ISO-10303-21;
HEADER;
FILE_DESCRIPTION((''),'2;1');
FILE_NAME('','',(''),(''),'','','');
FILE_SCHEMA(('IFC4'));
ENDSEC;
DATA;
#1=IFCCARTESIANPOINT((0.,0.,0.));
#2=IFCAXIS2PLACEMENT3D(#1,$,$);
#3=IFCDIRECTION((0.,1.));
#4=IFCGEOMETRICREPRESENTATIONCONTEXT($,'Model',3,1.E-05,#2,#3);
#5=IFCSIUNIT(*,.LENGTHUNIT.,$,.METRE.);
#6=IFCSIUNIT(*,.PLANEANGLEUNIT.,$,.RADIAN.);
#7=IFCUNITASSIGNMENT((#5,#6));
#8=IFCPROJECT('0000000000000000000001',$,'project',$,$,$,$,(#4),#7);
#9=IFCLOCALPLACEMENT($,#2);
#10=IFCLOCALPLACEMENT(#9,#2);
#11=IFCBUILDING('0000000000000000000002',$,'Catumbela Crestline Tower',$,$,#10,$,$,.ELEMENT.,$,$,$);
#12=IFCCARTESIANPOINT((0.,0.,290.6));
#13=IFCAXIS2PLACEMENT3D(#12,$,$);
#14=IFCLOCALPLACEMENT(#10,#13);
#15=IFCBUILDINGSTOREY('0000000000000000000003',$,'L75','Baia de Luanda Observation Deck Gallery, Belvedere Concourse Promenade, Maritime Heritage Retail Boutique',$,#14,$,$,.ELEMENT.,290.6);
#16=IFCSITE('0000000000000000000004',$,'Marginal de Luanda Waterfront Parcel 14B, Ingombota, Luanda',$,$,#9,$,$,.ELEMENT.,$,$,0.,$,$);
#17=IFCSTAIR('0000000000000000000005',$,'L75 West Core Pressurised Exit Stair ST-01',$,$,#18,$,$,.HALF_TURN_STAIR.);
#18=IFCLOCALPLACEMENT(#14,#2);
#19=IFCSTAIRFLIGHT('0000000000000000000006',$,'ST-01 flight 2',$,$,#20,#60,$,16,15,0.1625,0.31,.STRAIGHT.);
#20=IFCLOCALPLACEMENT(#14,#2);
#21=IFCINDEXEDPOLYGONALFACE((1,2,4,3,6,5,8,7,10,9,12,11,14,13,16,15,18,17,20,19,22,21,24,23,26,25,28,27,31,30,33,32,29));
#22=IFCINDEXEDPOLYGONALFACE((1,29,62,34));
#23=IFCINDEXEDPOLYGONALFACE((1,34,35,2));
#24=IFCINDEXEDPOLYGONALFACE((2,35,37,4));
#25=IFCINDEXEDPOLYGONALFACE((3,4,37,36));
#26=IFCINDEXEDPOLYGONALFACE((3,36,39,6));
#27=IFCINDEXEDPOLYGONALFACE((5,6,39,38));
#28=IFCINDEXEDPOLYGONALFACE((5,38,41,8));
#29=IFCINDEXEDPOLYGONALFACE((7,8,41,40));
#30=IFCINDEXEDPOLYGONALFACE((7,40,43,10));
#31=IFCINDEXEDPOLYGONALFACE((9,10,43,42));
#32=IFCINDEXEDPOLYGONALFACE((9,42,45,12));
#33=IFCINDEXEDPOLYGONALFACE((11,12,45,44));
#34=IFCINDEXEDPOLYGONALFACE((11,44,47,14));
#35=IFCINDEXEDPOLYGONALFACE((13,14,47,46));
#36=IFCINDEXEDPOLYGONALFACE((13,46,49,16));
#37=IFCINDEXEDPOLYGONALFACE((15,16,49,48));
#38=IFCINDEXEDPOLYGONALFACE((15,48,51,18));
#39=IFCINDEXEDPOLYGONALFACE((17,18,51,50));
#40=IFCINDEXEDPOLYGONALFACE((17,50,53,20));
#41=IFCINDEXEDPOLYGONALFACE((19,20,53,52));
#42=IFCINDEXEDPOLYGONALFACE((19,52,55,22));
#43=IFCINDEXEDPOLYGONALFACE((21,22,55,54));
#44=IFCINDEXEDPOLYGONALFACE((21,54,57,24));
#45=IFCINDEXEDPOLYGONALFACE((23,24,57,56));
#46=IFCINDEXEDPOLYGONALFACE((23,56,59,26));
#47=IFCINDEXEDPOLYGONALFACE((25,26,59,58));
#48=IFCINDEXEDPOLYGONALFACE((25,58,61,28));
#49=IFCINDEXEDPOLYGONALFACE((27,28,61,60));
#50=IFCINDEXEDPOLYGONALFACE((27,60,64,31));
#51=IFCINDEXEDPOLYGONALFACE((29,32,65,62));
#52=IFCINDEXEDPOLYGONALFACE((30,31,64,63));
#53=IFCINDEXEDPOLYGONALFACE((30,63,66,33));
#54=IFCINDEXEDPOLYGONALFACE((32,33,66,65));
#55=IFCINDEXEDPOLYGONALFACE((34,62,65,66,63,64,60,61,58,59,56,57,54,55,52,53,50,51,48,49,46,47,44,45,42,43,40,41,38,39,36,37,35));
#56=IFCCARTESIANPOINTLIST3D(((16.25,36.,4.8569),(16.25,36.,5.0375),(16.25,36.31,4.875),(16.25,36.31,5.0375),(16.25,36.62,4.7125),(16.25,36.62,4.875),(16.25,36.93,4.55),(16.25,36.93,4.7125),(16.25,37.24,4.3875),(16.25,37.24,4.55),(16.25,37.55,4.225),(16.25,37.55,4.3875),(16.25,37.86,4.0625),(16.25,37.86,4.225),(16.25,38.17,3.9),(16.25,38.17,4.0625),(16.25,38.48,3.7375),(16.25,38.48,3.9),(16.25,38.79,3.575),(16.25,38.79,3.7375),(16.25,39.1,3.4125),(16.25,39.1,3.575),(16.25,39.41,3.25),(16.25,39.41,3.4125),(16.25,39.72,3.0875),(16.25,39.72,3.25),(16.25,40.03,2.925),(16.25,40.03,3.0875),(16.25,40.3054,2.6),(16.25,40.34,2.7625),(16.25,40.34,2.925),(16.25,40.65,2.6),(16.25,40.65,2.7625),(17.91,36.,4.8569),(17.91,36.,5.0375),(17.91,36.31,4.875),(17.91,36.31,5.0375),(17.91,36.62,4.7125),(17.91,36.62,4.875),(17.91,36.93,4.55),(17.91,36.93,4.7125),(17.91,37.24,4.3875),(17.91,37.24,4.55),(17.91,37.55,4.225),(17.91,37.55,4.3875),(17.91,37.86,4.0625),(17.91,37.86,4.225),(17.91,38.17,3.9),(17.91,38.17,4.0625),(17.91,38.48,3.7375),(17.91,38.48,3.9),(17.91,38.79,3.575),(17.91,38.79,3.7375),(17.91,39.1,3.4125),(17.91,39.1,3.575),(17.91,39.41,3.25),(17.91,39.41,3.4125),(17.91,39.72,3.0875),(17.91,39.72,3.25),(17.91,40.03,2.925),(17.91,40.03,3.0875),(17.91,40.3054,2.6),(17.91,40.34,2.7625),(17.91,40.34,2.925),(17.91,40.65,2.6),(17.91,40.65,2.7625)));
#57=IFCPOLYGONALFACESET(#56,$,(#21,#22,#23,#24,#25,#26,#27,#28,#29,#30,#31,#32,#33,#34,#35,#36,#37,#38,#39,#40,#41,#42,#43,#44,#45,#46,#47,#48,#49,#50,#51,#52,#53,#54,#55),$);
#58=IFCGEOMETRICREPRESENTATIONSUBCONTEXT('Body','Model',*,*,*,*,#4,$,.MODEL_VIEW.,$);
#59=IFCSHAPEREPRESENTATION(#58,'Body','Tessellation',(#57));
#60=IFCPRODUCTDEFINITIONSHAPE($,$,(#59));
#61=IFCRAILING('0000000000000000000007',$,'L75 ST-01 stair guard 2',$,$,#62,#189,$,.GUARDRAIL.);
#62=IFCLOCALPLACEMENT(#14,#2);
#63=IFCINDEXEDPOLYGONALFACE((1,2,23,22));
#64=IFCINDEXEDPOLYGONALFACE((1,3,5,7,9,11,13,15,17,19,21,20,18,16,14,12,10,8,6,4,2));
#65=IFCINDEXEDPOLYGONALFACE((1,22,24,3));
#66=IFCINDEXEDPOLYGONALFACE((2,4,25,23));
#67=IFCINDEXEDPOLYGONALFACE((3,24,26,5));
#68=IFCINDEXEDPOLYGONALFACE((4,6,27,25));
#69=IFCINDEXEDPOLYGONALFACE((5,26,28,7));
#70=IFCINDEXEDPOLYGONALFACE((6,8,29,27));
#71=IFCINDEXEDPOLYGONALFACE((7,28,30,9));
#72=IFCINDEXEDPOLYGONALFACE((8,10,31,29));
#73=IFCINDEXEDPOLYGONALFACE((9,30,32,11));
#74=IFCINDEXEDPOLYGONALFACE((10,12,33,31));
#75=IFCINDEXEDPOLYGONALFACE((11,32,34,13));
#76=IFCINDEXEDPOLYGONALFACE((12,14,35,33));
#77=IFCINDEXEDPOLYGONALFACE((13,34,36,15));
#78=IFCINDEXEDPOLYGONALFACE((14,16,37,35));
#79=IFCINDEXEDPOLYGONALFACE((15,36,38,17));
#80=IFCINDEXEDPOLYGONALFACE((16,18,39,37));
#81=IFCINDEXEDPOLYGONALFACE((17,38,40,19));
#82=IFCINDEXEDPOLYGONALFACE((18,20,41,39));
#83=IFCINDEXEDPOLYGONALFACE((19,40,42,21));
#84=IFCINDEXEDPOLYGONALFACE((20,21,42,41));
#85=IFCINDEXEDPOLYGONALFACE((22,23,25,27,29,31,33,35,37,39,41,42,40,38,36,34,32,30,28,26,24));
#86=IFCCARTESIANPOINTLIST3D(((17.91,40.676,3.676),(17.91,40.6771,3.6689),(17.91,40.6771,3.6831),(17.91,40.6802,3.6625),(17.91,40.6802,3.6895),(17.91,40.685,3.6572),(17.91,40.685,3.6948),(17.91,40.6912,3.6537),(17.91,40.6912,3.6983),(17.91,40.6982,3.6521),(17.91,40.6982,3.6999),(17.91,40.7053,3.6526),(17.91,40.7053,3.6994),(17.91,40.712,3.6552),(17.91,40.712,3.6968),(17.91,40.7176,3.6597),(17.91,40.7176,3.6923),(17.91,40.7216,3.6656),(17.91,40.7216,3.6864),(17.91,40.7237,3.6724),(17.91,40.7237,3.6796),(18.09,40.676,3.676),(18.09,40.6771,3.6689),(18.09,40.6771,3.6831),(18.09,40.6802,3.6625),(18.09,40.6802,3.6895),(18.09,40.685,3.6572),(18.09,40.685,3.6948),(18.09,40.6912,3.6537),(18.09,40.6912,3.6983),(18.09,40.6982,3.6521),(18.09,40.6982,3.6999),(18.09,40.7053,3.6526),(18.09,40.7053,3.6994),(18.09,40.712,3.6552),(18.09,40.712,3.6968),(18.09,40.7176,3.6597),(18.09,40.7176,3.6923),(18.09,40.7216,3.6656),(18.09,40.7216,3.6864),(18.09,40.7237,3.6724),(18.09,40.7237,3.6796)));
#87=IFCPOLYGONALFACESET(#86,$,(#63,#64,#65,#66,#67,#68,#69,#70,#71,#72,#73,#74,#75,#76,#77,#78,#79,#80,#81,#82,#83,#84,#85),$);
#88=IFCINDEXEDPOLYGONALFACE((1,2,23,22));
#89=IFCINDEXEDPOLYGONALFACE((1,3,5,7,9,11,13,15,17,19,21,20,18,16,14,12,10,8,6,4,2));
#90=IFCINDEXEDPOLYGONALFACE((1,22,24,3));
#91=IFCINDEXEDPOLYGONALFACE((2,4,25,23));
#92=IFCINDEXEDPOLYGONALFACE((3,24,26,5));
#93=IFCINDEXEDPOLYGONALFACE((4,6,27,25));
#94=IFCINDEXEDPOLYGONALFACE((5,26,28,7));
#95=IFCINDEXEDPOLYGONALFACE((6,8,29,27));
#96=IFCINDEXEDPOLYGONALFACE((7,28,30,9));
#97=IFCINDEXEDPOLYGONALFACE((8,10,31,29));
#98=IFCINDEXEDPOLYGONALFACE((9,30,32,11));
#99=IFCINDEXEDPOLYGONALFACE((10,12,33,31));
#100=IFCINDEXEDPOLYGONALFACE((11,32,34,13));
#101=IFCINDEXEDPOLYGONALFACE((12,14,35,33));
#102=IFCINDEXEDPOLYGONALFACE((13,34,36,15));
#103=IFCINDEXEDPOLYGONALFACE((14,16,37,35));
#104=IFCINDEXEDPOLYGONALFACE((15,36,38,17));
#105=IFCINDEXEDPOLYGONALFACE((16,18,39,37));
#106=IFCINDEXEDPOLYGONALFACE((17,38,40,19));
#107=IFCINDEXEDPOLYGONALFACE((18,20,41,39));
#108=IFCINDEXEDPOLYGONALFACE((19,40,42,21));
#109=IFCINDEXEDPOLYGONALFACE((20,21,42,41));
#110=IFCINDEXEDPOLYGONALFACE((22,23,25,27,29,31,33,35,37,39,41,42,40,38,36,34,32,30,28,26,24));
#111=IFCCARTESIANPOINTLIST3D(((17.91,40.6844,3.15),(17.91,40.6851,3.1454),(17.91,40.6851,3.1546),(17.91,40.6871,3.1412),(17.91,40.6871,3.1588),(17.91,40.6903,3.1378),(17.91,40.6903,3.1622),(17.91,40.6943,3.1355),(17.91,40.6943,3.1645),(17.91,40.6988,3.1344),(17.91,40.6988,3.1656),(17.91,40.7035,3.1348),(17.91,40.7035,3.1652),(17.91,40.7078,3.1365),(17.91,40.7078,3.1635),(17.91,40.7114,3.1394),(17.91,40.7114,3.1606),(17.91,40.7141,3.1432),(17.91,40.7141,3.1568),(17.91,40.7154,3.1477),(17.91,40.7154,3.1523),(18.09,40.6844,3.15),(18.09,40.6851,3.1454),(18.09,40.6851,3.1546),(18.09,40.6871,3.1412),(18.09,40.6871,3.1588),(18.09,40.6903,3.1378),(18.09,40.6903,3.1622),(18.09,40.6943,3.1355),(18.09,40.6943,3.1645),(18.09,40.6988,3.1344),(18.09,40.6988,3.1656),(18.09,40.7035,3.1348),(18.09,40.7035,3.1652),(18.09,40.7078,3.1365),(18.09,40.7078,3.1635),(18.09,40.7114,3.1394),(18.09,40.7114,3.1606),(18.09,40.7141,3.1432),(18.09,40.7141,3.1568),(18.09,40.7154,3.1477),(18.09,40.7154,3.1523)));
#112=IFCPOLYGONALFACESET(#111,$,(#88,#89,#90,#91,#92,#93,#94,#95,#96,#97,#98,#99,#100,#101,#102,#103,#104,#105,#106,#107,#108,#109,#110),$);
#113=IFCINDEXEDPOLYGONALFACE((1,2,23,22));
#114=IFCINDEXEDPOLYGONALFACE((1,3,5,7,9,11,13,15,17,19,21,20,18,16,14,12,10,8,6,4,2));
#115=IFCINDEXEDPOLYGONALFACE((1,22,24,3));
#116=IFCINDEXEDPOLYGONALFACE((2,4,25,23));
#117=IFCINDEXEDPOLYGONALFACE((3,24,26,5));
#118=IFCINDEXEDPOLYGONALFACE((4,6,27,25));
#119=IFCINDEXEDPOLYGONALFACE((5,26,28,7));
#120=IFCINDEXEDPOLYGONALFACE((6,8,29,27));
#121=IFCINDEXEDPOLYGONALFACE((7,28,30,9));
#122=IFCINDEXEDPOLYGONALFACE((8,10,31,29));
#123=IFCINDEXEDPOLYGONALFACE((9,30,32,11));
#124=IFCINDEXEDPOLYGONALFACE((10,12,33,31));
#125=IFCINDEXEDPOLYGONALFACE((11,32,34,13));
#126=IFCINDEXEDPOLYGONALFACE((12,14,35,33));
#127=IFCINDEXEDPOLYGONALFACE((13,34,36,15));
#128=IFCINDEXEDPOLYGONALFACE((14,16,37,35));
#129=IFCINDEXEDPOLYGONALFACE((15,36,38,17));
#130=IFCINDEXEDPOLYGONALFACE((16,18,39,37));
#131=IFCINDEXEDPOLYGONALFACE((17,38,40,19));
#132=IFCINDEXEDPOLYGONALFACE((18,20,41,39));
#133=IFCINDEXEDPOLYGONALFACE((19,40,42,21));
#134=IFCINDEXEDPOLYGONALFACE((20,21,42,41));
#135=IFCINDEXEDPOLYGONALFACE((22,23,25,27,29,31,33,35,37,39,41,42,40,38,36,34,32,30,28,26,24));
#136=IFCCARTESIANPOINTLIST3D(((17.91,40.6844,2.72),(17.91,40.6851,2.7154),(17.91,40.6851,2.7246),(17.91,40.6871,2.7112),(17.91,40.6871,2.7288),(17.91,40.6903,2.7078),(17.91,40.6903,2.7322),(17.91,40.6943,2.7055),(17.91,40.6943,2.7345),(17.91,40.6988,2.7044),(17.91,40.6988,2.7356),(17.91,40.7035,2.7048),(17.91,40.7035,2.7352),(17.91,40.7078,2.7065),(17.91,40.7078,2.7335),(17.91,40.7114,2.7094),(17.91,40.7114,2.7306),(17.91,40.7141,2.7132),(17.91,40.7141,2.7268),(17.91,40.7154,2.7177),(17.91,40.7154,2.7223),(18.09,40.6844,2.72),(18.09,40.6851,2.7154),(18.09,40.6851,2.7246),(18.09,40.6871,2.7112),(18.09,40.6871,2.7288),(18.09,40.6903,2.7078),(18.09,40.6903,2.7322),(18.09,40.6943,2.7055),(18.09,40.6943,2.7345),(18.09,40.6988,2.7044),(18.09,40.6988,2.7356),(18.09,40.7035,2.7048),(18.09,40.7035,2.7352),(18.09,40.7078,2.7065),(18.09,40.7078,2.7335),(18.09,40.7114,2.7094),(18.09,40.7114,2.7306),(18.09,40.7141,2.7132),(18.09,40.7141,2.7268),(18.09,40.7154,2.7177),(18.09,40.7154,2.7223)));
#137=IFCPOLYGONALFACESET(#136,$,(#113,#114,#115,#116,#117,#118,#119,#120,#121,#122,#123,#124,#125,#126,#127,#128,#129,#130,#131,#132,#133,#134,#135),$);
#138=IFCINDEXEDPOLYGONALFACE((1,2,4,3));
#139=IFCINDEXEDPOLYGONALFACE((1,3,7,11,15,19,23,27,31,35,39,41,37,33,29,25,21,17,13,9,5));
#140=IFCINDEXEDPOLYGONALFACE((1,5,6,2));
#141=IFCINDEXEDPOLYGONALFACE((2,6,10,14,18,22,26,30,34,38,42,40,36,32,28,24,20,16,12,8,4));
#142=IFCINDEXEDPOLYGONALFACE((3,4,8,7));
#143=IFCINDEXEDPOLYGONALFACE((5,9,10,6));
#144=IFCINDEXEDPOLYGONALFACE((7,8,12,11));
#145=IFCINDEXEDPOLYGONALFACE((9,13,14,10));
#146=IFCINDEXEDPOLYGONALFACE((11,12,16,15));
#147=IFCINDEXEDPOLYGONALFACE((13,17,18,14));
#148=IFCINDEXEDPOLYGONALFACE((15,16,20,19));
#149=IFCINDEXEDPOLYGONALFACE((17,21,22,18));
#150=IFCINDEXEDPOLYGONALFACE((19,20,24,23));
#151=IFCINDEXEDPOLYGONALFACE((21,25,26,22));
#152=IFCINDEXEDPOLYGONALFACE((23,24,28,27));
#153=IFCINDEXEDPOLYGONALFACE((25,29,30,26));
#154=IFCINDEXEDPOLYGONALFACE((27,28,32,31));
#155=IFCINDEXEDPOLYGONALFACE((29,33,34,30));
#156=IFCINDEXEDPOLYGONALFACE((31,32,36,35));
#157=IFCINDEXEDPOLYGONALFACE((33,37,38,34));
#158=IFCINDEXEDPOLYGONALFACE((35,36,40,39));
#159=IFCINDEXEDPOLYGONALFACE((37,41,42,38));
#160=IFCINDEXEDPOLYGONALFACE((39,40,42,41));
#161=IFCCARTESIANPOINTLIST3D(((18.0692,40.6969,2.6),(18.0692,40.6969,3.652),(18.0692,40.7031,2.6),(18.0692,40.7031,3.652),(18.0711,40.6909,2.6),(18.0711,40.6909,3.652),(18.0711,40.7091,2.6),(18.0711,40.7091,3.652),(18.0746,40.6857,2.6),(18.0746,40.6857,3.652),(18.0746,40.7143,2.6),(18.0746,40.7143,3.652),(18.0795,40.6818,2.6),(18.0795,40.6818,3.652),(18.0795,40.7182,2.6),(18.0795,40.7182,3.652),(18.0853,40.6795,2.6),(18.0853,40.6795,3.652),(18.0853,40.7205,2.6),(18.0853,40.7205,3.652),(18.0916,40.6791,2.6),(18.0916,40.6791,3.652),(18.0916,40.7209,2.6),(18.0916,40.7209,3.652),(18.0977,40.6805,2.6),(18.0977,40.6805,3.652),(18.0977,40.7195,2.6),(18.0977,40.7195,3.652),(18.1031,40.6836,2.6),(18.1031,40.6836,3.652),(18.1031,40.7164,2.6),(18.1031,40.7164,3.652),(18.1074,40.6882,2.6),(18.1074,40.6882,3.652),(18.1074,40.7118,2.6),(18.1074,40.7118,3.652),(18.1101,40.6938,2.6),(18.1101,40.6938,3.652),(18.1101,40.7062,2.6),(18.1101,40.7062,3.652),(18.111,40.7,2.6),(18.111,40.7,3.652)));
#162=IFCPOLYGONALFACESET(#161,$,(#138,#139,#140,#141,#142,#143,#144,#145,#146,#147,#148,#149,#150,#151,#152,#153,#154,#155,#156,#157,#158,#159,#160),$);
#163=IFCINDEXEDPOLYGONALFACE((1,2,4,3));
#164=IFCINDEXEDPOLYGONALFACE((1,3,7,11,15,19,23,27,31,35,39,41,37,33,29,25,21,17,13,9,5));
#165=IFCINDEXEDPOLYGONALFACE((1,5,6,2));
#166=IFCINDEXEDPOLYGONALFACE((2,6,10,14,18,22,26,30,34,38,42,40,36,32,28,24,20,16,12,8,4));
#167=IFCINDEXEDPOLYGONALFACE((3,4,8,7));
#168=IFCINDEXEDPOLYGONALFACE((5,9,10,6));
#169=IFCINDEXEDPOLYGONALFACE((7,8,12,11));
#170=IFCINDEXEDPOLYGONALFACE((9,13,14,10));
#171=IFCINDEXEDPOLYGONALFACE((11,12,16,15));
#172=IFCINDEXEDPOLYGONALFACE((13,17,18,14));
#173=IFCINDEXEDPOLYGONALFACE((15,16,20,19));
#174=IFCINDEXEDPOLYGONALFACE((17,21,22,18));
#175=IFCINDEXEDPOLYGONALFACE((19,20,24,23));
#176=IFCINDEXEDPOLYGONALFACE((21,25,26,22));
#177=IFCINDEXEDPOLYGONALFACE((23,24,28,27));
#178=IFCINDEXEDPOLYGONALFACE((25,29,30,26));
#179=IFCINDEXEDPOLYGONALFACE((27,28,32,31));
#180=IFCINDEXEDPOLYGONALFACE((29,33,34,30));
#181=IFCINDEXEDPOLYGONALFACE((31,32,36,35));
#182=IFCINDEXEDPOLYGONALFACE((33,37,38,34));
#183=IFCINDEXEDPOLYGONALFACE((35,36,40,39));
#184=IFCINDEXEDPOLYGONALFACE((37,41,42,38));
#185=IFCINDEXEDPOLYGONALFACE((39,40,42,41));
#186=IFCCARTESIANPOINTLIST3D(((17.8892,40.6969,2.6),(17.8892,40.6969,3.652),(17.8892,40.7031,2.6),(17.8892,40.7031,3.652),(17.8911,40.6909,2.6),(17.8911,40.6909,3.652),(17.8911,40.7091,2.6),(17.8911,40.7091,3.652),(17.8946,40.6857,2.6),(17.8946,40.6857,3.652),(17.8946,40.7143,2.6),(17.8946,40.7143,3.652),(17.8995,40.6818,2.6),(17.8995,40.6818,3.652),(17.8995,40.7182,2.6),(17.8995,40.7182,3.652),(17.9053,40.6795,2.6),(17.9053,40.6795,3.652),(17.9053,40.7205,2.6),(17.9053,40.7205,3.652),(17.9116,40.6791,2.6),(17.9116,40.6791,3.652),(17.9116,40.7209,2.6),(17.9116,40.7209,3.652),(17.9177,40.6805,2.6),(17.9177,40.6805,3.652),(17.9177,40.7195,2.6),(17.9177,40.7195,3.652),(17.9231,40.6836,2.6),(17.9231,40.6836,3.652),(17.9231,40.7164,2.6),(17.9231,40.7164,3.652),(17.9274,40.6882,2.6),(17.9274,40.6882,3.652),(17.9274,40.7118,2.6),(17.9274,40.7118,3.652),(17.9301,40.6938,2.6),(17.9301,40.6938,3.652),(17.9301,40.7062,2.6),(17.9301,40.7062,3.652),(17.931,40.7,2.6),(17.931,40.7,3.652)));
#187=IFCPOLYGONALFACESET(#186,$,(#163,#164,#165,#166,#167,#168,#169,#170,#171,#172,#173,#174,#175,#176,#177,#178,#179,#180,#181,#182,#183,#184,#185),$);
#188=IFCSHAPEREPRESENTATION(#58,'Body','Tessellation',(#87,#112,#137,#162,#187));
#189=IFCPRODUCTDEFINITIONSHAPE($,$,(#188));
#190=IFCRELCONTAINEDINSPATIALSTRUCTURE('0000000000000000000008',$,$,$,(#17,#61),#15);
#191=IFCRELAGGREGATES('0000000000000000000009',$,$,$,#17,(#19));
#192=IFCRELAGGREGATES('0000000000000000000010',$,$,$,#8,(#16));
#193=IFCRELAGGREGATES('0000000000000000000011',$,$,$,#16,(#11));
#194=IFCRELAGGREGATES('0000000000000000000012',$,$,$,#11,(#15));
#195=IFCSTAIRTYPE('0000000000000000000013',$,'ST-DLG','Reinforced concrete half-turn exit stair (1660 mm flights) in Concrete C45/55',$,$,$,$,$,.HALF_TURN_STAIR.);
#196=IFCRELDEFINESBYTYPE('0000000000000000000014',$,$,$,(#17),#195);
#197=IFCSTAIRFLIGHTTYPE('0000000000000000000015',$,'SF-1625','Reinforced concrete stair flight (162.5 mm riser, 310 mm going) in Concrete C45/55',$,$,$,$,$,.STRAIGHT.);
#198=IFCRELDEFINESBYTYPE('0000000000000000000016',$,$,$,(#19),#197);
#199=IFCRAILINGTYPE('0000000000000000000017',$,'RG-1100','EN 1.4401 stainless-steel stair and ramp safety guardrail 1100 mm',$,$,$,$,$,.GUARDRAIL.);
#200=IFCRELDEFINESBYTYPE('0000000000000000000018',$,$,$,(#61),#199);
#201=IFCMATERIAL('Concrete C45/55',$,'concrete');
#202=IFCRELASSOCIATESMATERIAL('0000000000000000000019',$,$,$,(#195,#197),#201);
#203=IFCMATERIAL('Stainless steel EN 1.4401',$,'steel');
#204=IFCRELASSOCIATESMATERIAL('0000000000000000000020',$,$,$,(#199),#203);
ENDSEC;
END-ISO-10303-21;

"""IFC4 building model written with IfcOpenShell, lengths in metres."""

from ifc_helpers import new_model, si_unit, direction, frame, origin, origin_2d, place, context, subcontext, project, spatial, polyline, circle, outline, extrude, material, type_object, element, aggregate, save


model = new_model("IFC4")

# Units and contexts
model_context = context("Model", 3, precision=1e-05, world=origin(), true_north=direction((0.0, 1.0)))
body_context = subcontext(model_context, "Body", "Model", "MODEL_VIEW")
ifc_project = project(units=[si_unit("LENGTHUNIT", "METRE"), si_unit("PLANEANGLEUNIT", "RADIAN")], contexts=[model_context])

# Site, building, storey
site_placement = place(None, origin())
site = spatial("IfcSite", under=ifc_project, at=site_placement, Name="Marginal de Luanda Waterfront Parcel 14B, Ingombota, Luanda", CompositionType="ELEMENT", RefElevation=0.0)
building_placement = place(site_placement, origin())
building = spatial("IfcBuilding", under=site, at=building_placement, Name="Catumbela Crestline Tower", CompositionType="ELEMENT")
storey_placement = place(building_placement, frame((0.0, 0.0, 290.6)))
storey = spatial("IfcBuildingStorey", under=building, at=storey_placement, Name="L75", Description="Baia de Luanda Observation Deck Gallery, Belvedere Concourse Promenade, Maritime Heritage Retail Boutique", CompositionType="ELEMENT", Elevation=290.6)

# Shared definitions
ifc_material_1 = material(Name="Concrete C45/55", Category="concrete")

# Stair, stair flight
stair_type = type_object("IfcStairType", Name="ST-DLG", Description="Reinforced concrete half-turn exit stair (1660 mm flights) in Concrete C45/55", PredefinedType="HALF_TURN_STAIR", material=ifc_material_1)
stair_placement = place(storey_placement, origin())
stair = element("IfcStair", 1, at=stair_placement, inside=storey, type_object=stair_type, Name="L75 West Core Pressurised Exit Stair ST-01", PredefinedType="HALF_TURN_STAIR")
stair_flight_type = type_object("IfcStairFlightType", Name="SF-1625", Description="Reinforced concrete stair flight (162.5 mm riser, 310 mm going) in Concrete C45/55", PredefinedType="STRAIGHT", material=ifc_material_1)
stair_flight_placement = place(storey_placement, frame((17.08, 40.65, 2.6), z_axis=(0.0, 0.0, 1.0), x_axis=(0.0, -1.0, 0.0)))
stair_flight = element("IfcStairFlight", 2, at=stair_flight_placement, type_object=stair_flight_type, Name="ST-01 flight 2", NumberOfRisers=16, NumberOfTreads=15, PredefinedType="STRAIGHT", RiserHeight=0.1625, TreadLength=0.31, context=body_context, shape_type="SweptSolid", body=[
    extrude(outline(polyline([(0.0, 0.0), (0.0, 0.1625), (0.31, 0.1625), (0.31, 0.325), (0.62, 0.325), (0.62, 0.4875), (0.93, 0.4875), (0.93, 0.65), (1.24, 0.65), (1.24, 0.8125), (1.55, 0.8125), (1.55, 0.975), (1.86, 0.975), (1.86, 1.1375), (2.17, 1.1375), (2.17, 1.3), (2.48, 1.3), (2.48, 1.4625), (2.79, 1.4625), (2.79, 1.625), (3.1, 1.625), (3.1, 1.7875), (3.41, 1.7875), (3.41, 1.95), (3.72, 1.95), (3.72, 2.1125), (4.03, 2.1125), (4.03, 2.275), (4.34, 2.275), (4.34, 2.4375), (4.65, 2.4375), (4.65, 2.6), (4.65, 2.2569), (0.3446, 0.0), (0.0, 0.0)])), frame((0.0, 0.83, 0.0), z_axis=(0.0, -1.0, 0.0), x_axis=(1.0, 0.0, 0.0)), (0.0, 0.0, 1.0), 1.66),
])
aggregate(stair, [stair_flight])

# Railing
ifc_material_2 = material(Name="Stainless steel EN 1.4401", Category="steel")
railing_type_1 = type_object("IfcRailingType", Name="RG-1100", Description="EN 1.4401 stainless-steel stair and ramp safety guardrail 1100 mm", PredefinedType="GUARDRAIL", material=ifc_material_2)
railing_1_placement = place(storey_placement, frame((18.09, 40.7, 2.6)))
element("IfcRailing", 3, at=railing_1_placement, inside=storey, type_object=railing_type_1, Name="L75 ST-01 stair guard 2", PredefinedType="GUARDRAIL", context=body_context, shape_type="SweptSolid", body=[
    extrude(circle(Radius=0.024, at=origin_2d()), frame((0.0, 0.0, 1.076), z_axis=(-1.0, 0.0, 0.0), x_axis=(0.0, -1.0, 0.0)), (0.0, 0.0, 1.0), 0.18),
    extrude(circle(Radius=0.0156, at=origin_2d()), frame((0.0, 0.0, 0.55), z_axis=(-1.0, 0.0, 0.0), x_axis=(0.0, -1.0, 0.0)), (0.0, 0.0, 1.0), 0.18),
    extrude(circle(Radius=0.0156, at=origin_2d()), frame((0.0, 0.0, 0.12), z_axis=(-1.0, 0.0, 0.0), x_axis=(0.0, -1.0, 0.0)), (0.0, 0.0, 1.0), 0.18),
    extrude(circle(Radius=0.021, at=origin_2d()), origin(), (0.0, 0.0, 1.0), 1.052),
    extrude(circle(Radius=0.021, at=origin_2d()), frame((-0.18, 0.0, 0.0)), (0.0, 0.0, 1.0), 1.052),
])

save(model, "model.ifc")
